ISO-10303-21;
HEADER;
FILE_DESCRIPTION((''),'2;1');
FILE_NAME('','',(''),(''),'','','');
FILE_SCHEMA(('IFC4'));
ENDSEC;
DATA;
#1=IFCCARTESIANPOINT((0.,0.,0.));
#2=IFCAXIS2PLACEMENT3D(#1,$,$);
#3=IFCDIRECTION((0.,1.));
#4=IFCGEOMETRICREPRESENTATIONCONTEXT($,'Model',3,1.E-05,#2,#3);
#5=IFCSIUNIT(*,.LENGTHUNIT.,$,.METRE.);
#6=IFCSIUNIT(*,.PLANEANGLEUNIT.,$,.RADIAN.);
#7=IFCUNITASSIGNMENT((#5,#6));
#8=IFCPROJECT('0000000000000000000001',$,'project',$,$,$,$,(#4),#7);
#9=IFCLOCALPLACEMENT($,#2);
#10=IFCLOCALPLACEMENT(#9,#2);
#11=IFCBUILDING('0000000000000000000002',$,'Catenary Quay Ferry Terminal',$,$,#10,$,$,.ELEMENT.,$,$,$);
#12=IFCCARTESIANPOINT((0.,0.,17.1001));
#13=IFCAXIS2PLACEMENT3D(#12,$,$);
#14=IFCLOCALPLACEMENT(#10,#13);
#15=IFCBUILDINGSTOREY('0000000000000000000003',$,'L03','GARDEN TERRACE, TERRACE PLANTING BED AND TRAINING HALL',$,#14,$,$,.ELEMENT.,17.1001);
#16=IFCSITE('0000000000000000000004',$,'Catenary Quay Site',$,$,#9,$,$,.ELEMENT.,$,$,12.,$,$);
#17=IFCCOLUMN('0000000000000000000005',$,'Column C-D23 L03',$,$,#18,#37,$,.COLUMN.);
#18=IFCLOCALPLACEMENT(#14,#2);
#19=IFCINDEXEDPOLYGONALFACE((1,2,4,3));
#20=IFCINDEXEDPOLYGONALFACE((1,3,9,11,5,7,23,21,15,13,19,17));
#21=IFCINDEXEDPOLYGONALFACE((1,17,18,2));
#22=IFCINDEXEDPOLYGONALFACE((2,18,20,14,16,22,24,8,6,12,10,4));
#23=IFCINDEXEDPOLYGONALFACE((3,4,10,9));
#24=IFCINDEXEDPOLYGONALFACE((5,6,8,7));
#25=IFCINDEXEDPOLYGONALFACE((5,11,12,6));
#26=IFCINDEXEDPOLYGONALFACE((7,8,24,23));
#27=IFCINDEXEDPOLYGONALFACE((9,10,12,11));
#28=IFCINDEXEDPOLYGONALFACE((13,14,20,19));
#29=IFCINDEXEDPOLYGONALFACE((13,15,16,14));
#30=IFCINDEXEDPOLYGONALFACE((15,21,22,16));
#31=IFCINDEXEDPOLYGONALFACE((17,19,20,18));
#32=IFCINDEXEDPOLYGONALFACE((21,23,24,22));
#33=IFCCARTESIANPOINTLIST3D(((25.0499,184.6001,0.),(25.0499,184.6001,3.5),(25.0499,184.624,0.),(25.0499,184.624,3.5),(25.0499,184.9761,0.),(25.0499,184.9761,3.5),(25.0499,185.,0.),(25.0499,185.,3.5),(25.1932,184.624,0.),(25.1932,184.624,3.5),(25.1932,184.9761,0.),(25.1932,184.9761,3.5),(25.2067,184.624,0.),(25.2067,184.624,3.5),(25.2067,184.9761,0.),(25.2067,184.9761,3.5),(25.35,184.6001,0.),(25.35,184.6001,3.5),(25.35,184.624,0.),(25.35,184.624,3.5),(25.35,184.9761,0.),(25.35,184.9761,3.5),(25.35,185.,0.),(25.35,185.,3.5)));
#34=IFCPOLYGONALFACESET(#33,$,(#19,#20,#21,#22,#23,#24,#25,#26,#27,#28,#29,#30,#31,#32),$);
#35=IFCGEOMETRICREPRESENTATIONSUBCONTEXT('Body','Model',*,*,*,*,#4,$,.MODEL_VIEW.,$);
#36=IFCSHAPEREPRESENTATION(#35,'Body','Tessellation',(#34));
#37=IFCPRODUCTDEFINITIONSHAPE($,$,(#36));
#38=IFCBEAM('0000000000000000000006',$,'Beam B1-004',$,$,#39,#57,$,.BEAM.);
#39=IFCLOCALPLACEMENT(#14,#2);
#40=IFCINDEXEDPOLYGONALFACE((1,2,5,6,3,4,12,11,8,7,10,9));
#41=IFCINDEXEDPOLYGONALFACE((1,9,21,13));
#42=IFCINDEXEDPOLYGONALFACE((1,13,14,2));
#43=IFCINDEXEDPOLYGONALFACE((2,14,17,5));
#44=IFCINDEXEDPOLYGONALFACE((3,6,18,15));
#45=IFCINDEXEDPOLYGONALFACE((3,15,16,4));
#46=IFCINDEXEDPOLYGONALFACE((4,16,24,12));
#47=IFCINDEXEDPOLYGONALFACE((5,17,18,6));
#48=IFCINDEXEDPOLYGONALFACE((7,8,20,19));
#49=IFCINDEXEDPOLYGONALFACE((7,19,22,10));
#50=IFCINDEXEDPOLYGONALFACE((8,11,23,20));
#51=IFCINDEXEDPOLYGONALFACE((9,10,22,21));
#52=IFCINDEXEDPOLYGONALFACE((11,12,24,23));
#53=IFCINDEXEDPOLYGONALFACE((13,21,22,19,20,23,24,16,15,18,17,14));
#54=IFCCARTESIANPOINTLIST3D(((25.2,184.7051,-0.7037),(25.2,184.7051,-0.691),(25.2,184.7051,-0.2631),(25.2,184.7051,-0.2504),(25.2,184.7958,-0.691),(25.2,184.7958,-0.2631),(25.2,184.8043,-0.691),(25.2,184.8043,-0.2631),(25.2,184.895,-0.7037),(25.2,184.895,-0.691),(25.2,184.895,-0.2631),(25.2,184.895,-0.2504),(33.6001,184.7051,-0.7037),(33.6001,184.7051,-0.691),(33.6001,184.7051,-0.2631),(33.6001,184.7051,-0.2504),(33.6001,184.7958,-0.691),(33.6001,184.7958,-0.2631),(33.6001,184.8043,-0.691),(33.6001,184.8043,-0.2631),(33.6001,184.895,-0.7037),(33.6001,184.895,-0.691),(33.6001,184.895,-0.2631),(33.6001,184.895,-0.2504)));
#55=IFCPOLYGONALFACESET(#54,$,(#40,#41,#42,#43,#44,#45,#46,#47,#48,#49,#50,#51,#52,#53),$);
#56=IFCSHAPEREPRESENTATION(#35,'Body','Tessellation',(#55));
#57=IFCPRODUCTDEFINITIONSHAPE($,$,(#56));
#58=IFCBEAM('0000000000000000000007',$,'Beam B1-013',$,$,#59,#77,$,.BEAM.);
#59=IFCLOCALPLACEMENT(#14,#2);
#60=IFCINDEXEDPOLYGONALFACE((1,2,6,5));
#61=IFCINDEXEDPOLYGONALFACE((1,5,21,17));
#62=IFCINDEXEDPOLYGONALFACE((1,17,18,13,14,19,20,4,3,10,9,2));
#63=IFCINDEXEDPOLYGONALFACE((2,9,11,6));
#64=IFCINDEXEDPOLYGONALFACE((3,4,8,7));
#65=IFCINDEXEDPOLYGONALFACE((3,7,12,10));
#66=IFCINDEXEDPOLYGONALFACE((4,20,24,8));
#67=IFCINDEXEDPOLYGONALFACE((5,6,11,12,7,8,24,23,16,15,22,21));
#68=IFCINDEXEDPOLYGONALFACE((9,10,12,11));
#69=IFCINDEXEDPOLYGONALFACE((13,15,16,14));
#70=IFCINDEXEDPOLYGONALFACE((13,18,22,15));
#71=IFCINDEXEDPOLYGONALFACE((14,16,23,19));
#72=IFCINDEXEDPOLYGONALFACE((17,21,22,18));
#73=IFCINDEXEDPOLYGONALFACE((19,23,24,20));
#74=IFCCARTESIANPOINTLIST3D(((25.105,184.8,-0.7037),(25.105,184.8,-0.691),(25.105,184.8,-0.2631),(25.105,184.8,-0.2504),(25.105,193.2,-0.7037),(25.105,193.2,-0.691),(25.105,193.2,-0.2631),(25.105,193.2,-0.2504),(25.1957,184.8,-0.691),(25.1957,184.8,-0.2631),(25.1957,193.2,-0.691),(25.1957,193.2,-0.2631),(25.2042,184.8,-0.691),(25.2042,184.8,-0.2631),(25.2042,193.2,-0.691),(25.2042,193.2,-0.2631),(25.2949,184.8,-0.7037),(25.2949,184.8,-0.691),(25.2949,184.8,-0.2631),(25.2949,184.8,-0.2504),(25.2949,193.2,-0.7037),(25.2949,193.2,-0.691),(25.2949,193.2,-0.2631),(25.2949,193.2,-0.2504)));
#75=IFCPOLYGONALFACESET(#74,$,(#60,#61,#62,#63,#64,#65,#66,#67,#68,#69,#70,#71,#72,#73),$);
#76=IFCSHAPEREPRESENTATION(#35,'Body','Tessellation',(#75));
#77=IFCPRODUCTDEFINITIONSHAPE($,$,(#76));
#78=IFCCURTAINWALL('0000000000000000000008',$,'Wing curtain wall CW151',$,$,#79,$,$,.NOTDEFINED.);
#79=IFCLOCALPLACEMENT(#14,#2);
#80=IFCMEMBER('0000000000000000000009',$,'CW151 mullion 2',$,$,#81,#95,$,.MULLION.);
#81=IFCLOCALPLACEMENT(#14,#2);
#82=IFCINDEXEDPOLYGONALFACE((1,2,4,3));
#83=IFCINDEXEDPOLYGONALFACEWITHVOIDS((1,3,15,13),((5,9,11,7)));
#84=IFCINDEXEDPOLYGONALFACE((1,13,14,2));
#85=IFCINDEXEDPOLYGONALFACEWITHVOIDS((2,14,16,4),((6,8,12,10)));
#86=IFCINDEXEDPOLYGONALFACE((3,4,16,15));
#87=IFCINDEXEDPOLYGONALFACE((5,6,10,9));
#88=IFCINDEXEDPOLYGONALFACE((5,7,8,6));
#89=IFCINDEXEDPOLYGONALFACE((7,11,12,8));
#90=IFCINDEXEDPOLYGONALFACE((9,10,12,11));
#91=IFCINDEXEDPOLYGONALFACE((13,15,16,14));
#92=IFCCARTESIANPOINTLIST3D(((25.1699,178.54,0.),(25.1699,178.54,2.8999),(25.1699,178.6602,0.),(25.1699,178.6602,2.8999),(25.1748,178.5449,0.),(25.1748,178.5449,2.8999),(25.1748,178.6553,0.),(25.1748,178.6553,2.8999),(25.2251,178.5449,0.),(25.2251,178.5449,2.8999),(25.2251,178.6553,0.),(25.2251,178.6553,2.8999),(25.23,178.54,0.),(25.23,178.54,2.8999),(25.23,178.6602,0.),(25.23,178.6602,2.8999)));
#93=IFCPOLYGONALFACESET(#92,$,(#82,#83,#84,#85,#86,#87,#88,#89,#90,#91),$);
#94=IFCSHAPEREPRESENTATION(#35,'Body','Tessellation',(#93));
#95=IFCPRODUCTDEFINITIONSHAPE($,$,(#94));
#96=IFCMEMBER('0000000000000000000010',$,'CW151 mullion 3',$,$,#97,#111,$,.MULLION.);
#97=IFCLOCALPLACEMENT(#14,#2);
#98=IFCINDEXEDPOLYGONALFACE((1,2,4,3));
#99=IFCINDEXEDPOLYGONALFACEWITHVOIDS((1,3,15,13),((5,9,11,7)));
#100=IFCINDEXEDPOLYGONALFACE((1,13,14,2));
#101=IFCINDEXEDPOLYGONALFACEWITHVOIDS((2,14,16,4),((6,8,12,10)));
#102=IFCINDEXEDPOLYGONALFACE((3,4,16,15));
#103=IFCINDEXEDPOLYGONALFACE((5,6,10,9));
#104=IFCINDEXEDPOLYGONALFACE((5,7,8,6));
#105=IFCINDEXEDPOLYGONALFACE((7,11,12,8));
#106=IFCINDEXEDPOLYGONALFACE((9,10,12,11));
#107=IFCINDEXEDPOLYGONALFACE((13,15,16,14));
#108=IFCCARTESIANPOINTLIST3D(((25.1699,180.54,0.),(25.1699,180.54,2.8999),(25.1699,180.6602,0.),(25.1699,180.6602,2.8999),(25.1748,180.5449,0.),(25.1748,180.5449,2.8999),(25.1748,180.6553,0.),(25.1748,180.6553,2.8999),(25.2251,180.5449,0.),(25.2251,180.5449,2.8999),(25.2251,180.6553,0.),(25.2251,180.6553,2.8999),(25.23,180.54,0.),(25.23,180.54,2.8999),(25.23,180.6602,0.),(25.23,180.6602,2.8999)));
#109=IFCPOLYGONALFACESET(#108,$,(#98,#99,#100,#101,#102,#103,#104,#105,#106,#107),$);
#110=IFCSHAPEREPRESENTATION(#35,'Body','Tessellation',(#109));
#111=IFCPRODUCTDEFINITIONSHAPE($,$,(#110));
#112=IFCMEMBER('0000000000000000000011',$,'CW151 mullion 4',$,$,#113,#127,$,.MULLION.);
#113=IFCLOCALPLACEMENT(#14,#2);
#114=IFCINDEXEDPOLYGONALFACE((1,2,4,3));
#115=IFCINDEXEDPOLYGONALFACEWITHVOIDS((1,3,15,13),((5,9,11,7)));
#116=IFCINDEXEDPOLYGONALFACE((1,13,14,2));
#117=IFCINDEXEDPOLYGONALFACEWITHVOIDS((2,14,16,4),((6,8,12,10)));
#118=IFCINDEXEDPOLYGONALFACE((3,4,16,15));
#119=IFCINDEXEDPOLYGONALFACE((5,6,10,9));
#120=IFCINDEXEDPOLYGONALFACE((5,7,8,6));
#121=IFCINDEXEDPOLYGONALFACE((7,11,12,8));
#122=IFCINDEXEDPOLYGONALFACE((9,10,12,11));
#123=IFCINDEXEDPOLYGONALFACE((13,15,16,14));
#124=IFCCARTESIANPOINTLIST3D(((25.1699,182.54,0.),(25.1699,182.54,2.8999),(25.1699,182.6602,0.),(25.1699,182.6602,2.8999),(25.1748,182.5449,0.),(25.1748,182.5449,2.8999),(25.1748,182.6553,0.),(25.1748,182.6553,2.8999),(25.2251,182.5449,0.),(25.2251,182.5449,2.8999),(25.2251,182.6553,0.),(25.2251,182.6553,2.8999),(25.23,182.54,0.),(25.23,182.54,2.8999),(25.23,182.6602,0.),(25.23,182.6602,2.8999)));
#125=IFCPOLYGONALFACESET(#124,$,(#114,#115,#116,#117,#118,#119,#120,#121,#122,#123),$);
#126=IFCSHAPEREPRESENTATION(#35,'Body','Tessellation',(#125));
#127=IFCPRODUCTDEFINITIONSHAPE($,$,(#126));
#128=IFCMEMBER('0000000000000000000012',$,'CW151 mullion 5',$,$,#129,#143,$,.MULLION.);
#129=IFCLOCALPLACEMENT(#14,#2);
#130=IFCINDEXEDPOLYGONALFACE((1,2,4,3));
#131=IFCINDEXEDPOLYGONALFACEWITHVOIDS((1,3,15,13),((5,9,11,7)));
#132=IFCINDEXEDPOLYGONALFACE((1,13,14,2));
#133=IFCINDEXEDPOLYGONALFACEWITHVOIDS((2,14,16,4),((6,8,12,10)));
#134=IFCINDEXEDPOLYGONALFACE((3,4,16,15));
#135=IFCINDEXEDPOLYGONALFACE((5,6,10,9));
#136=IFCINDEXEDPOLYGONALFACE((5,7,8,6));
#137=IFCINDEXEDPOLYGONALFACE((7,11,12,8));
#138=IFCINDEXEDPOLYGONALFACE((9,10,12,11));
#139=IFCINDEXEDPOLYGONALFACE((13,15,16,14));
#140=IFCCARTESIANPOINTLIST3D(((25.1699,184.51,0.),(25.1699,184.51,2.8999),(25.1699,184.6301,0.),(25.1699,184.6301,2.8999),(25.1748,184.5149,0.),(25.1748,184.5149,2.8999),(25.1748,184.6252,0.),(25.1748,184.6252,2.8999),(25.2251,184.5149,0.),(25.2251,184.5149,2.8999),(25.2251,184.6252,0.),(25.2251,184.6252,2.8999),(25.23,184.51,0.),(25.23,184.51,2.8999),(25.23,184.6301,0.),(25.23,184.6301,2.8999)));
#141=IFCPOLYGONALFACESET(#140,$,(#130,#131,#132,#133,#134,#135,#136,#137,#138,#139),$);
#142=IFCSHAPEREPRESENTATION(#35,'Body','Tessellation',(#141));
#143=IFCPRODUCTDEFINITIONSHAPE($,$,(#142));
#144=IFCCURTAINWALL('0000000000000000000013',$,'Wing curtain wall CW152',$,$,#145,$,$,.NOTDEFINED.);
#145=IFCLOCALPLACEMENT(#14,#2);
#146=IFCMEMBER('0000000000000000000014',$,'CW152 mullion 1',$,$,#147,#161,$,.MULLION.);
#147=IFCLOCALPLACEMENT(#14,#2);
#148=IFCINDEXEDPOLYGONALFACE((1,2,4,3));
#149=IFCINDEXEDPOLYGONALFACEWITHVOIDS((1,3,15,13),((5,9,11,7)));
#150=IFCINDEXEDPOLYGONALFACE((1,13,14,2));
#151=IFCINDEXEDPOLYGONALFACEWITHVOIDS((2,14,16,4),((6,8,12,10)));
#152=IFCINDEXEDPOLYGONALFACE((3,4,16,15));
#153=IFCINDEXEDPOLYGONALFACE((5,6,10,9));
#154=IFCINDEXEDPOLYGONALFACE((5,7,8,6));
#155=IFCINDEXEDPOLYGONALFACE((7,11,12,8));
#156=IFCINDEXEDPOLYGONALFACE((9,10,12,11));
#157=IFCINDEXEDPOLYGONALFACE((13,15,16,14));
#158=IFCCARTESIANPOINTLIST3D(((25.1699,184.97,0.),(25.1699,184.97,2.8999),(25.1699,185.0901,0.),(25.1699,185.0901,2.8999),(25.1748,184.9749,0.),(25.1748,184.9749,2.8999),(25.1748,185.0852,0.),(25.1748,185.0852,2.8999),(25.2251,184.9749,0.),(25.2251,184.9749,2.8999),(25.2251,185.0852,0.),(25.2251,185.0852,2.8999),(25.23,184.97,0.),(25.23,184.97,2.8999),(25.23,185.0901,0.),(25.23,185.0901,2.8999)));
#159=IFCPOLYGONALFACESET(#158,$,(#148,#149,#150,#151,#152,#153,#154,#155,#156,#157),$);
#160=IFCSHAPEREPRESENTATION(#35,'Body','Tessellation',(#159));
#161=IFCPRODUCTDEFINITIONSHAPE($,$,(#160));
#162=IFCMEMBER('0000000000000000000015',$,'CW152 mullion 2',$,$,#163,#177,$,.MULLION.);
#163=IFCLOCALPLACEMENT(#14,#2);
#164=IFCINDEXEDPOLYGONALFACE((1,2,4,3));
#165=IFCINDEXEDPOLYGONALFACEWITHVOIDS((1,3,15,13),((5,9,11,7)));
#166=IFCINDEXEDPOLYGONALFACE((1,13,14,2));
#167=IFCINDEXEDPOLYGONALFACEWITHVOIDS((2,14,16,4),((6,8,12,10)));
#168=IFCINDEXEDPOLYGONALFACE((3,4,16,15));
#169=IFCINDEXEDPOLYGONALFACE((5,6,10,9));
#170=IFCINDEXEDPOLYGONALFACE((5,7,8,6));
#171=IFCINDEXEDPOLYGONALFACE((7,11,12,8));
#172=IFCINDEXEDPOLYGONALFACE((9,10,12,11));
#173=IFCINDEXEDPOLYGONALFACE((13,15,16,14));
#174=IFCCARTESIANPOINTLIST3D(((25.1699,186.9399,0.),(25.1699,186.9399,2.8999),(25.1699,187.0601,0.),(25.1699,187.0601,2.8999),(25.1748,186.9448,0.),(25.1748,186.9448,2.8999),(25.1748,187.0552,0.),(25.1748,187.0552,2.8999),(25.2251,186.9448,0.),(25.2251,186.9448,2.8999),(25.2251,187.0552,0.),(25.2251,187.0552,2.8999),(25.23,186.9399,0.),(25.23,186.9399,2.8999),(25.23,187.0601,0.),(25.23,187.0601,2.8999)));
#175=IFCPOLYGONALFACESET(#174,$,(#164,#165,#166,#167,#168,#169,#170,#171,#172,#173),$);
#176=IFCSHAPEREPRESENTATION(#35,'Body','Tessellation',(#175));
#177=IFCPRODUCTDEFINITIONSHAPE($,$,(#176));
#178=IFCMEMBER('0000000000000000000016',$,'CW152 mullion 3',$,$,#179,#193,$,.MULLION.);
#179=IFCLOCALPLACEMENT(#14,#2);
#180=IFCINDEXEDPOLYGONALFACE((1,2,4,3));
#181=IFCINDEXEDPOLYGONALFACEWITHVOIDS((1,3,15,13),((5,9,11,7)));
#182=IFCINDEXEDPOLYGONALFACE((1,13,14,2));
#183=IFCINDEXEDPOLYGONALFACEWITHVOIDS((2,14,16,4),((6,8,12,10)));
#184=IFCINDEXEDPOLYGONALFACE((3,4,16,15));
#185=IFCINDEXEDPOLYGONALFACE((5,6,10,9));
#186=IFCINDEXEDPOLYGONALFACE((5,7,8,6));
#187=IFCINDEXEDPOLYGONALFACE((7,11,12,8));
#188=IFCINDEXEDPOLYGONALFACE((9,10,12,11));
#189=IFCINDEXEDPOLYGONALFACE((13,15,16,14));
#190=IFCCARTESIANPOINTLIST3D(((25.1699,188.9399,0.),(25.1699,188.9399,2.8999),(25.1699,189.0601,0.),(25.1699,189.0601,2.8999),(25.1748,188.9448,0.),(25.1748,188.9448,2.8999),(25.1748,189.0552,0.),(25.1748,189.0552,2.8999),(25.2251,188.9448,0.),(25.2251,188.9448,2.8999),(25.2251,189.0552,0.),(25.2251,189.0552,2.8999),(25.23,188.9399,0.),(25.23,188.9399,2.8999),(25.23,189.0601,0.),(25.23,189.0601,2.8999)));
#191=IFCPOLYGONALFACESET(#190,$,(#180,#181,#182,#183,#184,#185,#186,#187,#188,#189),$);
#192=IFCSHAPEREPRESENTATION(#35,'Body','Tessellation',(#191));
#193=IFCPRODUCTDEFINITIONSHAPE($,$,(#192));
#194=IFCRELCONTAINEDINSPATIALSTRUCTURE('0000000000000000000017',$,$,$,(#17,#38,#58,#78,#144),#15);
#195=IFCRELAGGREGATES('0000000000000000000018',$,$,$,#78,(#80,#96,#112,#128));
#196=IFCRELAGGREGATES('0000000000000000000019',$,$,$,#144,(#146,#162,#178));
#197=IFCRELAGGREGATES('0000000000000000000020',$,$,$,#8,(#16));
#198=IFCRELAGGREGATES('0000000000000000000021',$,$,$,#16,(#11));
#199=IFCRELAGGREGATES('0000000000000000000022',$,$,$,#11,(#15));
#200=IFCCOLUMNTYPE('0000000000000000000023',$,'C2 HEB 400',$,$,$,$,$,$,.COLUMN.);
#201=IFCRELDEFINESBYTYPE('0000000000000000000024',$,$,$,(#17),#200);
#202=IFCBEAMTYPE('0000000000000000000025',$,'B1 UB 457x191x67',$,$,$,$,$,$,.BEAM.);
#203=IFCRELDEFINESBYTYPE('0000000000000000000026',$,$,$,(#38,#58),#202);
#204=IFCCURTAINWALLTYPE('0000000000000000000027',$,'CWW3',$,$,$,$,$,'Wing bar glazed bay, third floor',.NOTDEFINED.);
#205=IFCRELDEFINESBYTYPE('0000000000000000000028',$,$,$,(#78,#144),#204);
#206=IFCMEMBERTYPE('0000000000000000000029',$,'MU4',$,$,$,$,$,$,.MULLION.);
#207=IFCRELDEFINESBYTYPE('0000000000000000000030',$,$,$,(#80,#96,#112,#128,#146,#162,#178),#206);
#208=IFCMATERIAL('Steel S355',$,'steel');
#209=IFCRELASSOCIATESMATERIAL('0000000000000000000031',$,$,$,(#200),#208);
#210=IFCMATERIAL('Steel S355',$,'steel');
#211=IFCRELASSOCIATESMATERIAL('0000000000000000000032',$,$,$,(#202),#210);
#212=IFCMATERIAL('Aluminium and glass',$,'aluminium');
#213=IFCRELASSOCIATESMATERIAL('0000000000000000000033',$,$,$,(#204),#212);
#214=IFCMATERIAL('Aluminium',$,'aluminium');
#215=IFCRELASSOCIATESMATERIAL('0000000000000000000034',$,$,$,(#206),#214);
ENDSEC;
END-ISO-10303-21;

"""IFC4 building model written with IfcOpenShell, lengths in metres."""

from ifc_helpers import new_model, si_unit, direction, frame, origin, origin_2d, place, context, subcontext, project, spatial, hollow_rectangle, i_section, extrude, material, material_profile, profile_set, type_object, element, aggregate, save


model = new_model("IFC4")

# Units and contexts
model_context = context("Model", 3, precision=1e-05, world=origin(), true_north=direction((0.0, 1.0)))
body_context = subcontext(model_context, "Body", "Model", "MODEL_VIEW")
ifc_project = project(units=[si_unit("LENGTHUNIT", "METRE"), si_unit("PLANEANGLEUNIT", "RADIAN")], contexts=[model_context])

# Site, building, storey
site_placement = place(None, origin())
site = spatial("IfcSite", under=ifc_project, at=site_placement, Name="Catenary Quay Site", CompositionType="ELEMENT", RefElevation=12.0)
building_placement = place(site_placement, origin())
building = spatial("IfcBuilding", under=site, at=building_placement, Name="Catenary Quay Ferry Terminal", CompositionType="ELEMENT")
storey_placement = place(building_placement, frame((0.0, 0.0, 17.1001)))
storey = spatial("IfcBuildingStorey", under=building, at=storey_placement, Name="L03", Description="GARDEN TERRACE, TERRACE PLANTING BED AND TRAINING HALL", CompositionType="ELEMENT", Elevation=17.1001)

# Column
ifc_material_1 = material(Name="Steel S355", Category="steel")
ifc_material_profile_1 = material_profile(ifc_material_1, i_section(OverallWidth=0.3, OverallDepth=0.3999, WebThickness=0.0134, FlangeThickness=0.0239, at=origin_2d()), Name="HEB 400")
ifc_profile_set_1 = profile_set([ifc_material_profile_1], Name="Steel S355")
column_type = type_object("IfcColumnType", Name="C2 HEB 400", PredefinedType="COLUMN", material=ifc_profile_set_1)
column_placement = place(storey_placement, frame((25.2, 184.8, 0.0), z_axis=(0.0, 0.0, 1.0), x_axis=(1.0, 0.0, 0.0)))
element("IfcColumn", 1, at=column_placement, inside=storey, type_object=column_type, Name="Column C-D23 L03", PredefinedType="COLUMN", context=body_context, shape_type="SweptSolid", body=[
    extrude(i_section(OverallWidth=0.3, OverallDepth=0.3999, WebThickness=0.0134, FlangeThickness=0.0239, at=origin_2d()), origin(), (0.0, 0.0, 1.0), 3.5),
])

# Beams
ifc_material_2 = material(Name="Steel S355", Category="steel")
ifc_material_profile_2 = material_profile(ifc_material_2, i_section(OverallWidth=0.1899, OverallDepth=0.4534, WebThickness=0.0085, FlangeThickness=0.0127, at=origin_2d()), Name="UB 457x191x67")
ifc_profile_set_2 = profile_set([ifc_material_profile_2], Name="Steel S355")
beam_type = type_object("IfcBeamType", Name="B1 UB 457x191x67", PredefinedType="BEAM", material=ifc_profile_set_2)
beam_1_placement = place(storey_placement, frame((25.2, 184.8, -0.4771), z_axis=(1.0, 0.0, 0.0), x_axis=(0.0, 1.0, 0.0)))
element("IfcBeam", 2, at=beam_1_placement, inside=storey, type_object=beam_type, Name="Beam B1-004", PredefinedType="BEAM", context=body_context, shape_type="SweptSolid", body=[
    extrude(i_section(OverallWidth=0.1899, OverallDepth=0.4534, WebThickness=0.0085, FlangeThickness=0.0127, at=origin_2d()), origin(), (0.0, 0.0, 1.0), 8.4001),
])
beam_2_placement = place(storey_placement, frame((25.2, 184.8, -0.4771), z_axis=(0.0, 1.0, 0.0), x_axis=(-1.0, 0.0, 0.0)))
element("IfcBeam", 3, at=beam_2_placement, inside=storey, type_object=beam_type, Name="Beam B1-013", PredefinedType="BEAM", context=body_context, shape_type="SweptSolid", body=[
    extrude(i_section(OverallWidth=0.1899, OverallDepth=0.4534, WebThickness=0.0085, FlangeThickness=0.0127, at=origin_2d()), origin(), (0.0, 0.0, 1.0), 8.3999),
])

# Curtain walls, members
ifc_material_3 = material(Name="Aluminium and glass", Category="aluminium")
curtain_wall_type = type_object("IfcCurtainWallType", Name="CWW3", ElementType="Wing bar glazed bay, third floor", PredefinedType="NOTDEFINED", material=ifc_material_3)
curtain_wall_1_placement = place(storey_placement, origin())
curtain_wall_1 = element("IfcCurtainWall", 4, at=curtain_wall_1_placement, inside=storey, type_object=curtain_wall_type, Name="Wing curtain wall CW151", PredefinedType="NOTDEFINED")
ifc_material_4 = material(Name="Aluminium", Category="aluminium")
ifc_material_profile_3 = material_profile(ifc_material_4, hollow_rectangle(XDim=0.0601, YDim=0.1201, WallThickness=0.0049, at=origin_2d()), Name="MU4")
ifc_profile_set_3 = profile_set([ifc_material_profile_3], Name="Aluminium")
member_type_1 = type_object("IfcMemberType", Name="MU4", PredefinedType="MULLION", material=ifc_profile_set_3)
member_1_placement = place(storey_placement, frame((25.2, 178.6001, 0.0), z_axis=(0.0, 0.0, 1.0), x_axis=(-1.0, 0.0, 0.0)))
member_1 = element("IfcMember", 5, at=member_1_placement, type_object=member_type_1, Name="CW151 mullion 2", PredefinedType="MULLION", context=body_context, shape_type="SweptSolid", body=[
    extrude(hollow_rectangle(XDim=0.0601, YDim=0.1201, WallThickness=0.0049, at=origin_2d()), origin(), (0.0, 0.0, 1.0), 2.8999),
])
member_2_placement = place(storey_placement, frame((25.2, 180.6001, 0.0), z_axis=(0.0, 0.0, 1.0), x_axis=(-1.0, 0.0, 0.0)))
member_2 = element("IfcMember", 6, at=member_2_placement, type_object=member_type_1, Name="CW151 mullion 3", PredefinedType="MULLION", context=body_context, shape_type="SweptSolid", body=[
    extrude(hollow_rectangle(XDim=0.0601, YDim=0.1201, WallThickness=0.0049, at=origin_2d()), origin(), (0.0, 0.0, 1.0), 2.8999),
])
member_3_placement = place(storey_placement, frame((25.2, 182.6001, 0.0), z_axis=(0.0, 0.0, 1.0), x_axis=(-1.0, 0.0, 0.0)))
member_3 = element("IfcMember", 7, at=member_3_placement, type_object=member_type_1, Name="CW151 mullion 4", PredefinedType="MULLION", context=body_context, shape_type="SweptSolid", body=[
    extrude(hollow_rectangle(XDim=0.0601, YDim=0.1201, WallThickness=0.0049, at=origin_2d()), origin(), (0.0, 0.0, 1.0), 2.8999),
])
member_4_placement = place(storey_placement, frame((25.2, 184.5701, 0.0), z_axis=(0.0, 0.0, 1.0), x_axis=(-1.0, 0.0, 0.0)))
member_4 = element("IfcMember", 8, at=member_4_placement, type_object=member_type_1, Name="CW151 mullion 5", PredefinedType="MULLION", context=body_context, shape_type="SweptSolid", body=[
    extrude(hollow_rectangle(XDim=0.0601, YDim=0.1201, WallThickness=0.0049, at=origin_2d()), origin(), (0.0, 0.0, 1.0), 2.8999),
])
curtain_wall_2_placement = place(storey_placement, origin())
curtain_wall_2 = element("IfcCurtainWall", 9, at=curtain_wall_2_placement, inside=storey, type_object=curtain_wall_type, Name="Wing curtain wall CW152", PredefinedType="NOTDEFINED")
member_5_placement = place(storey_placement, frame((25.2, 185.03, 0.0), z_axis=(0.0, 0.0, 1.0), x_axis=(-1.0, 0.0, 0.0)))
member_5 = element("IfcMember", 10, at=member_5_placement, type_object=member_type_1, Name="CW152 mullion 1", PredefinedType="MULLION", context=body_context, shape_type="SweptSolid", body=[
    extrude(hollow_rectangle(XDim=0.0601, YDim=0.1201, WallThickness=0.0049, at=origin_2d()), origin(), (0.0, 0.0, 1.0), 2.8999),
])
member_6_placement = place(storey_placement, frame((25.2, 187.0, 0.0), z_axis=(0.0, 0.0, 1.0), x_axis=(-1.0, 0.0, 0.0)))
member_6 = element("IfcMember", 11, at=member_6_placement, type_object=member_type_1, Name="CW152 mullion 2", PredefinedType="MULLION", context=body_context, shape_type="SweptSolid", body=[
    extrude(hollow_rectangle(XDim=0.0601, YDim=0.1201, WallThickness=0.0049, at=origin_2d()), origin(), (0.0, 0.0, 1.0), 2.8999),
])
member_7_placement = place(storey_placement, frame((25.2, 189.0, 0.0), z_axis=(0.0, 0.0, 1.0), x_axis=(-1.0, 0.0, 0.0)))
member_7 = element("IfcMember", 12, at=member_7_placement, type_object=member_type_1, Name="CW152 mullion 3", PredefinedType="MULLION", context=body_context, shape_type="SweptSolid", body=[
    extrude(hollow_rectangle(XDim=0.0601, YDim=0.1201, WallThickness=0.0049, at=origin_2d()), origin(), (0.0, 0.0, 1.0), 2.8999),
])

aggregate(curtain_wall_1, [member_1, member_2, member_3, member_4])
aggregate(curtain_wall_2, [member_5, member_6, member_7])

save(model, "model.ifc")
